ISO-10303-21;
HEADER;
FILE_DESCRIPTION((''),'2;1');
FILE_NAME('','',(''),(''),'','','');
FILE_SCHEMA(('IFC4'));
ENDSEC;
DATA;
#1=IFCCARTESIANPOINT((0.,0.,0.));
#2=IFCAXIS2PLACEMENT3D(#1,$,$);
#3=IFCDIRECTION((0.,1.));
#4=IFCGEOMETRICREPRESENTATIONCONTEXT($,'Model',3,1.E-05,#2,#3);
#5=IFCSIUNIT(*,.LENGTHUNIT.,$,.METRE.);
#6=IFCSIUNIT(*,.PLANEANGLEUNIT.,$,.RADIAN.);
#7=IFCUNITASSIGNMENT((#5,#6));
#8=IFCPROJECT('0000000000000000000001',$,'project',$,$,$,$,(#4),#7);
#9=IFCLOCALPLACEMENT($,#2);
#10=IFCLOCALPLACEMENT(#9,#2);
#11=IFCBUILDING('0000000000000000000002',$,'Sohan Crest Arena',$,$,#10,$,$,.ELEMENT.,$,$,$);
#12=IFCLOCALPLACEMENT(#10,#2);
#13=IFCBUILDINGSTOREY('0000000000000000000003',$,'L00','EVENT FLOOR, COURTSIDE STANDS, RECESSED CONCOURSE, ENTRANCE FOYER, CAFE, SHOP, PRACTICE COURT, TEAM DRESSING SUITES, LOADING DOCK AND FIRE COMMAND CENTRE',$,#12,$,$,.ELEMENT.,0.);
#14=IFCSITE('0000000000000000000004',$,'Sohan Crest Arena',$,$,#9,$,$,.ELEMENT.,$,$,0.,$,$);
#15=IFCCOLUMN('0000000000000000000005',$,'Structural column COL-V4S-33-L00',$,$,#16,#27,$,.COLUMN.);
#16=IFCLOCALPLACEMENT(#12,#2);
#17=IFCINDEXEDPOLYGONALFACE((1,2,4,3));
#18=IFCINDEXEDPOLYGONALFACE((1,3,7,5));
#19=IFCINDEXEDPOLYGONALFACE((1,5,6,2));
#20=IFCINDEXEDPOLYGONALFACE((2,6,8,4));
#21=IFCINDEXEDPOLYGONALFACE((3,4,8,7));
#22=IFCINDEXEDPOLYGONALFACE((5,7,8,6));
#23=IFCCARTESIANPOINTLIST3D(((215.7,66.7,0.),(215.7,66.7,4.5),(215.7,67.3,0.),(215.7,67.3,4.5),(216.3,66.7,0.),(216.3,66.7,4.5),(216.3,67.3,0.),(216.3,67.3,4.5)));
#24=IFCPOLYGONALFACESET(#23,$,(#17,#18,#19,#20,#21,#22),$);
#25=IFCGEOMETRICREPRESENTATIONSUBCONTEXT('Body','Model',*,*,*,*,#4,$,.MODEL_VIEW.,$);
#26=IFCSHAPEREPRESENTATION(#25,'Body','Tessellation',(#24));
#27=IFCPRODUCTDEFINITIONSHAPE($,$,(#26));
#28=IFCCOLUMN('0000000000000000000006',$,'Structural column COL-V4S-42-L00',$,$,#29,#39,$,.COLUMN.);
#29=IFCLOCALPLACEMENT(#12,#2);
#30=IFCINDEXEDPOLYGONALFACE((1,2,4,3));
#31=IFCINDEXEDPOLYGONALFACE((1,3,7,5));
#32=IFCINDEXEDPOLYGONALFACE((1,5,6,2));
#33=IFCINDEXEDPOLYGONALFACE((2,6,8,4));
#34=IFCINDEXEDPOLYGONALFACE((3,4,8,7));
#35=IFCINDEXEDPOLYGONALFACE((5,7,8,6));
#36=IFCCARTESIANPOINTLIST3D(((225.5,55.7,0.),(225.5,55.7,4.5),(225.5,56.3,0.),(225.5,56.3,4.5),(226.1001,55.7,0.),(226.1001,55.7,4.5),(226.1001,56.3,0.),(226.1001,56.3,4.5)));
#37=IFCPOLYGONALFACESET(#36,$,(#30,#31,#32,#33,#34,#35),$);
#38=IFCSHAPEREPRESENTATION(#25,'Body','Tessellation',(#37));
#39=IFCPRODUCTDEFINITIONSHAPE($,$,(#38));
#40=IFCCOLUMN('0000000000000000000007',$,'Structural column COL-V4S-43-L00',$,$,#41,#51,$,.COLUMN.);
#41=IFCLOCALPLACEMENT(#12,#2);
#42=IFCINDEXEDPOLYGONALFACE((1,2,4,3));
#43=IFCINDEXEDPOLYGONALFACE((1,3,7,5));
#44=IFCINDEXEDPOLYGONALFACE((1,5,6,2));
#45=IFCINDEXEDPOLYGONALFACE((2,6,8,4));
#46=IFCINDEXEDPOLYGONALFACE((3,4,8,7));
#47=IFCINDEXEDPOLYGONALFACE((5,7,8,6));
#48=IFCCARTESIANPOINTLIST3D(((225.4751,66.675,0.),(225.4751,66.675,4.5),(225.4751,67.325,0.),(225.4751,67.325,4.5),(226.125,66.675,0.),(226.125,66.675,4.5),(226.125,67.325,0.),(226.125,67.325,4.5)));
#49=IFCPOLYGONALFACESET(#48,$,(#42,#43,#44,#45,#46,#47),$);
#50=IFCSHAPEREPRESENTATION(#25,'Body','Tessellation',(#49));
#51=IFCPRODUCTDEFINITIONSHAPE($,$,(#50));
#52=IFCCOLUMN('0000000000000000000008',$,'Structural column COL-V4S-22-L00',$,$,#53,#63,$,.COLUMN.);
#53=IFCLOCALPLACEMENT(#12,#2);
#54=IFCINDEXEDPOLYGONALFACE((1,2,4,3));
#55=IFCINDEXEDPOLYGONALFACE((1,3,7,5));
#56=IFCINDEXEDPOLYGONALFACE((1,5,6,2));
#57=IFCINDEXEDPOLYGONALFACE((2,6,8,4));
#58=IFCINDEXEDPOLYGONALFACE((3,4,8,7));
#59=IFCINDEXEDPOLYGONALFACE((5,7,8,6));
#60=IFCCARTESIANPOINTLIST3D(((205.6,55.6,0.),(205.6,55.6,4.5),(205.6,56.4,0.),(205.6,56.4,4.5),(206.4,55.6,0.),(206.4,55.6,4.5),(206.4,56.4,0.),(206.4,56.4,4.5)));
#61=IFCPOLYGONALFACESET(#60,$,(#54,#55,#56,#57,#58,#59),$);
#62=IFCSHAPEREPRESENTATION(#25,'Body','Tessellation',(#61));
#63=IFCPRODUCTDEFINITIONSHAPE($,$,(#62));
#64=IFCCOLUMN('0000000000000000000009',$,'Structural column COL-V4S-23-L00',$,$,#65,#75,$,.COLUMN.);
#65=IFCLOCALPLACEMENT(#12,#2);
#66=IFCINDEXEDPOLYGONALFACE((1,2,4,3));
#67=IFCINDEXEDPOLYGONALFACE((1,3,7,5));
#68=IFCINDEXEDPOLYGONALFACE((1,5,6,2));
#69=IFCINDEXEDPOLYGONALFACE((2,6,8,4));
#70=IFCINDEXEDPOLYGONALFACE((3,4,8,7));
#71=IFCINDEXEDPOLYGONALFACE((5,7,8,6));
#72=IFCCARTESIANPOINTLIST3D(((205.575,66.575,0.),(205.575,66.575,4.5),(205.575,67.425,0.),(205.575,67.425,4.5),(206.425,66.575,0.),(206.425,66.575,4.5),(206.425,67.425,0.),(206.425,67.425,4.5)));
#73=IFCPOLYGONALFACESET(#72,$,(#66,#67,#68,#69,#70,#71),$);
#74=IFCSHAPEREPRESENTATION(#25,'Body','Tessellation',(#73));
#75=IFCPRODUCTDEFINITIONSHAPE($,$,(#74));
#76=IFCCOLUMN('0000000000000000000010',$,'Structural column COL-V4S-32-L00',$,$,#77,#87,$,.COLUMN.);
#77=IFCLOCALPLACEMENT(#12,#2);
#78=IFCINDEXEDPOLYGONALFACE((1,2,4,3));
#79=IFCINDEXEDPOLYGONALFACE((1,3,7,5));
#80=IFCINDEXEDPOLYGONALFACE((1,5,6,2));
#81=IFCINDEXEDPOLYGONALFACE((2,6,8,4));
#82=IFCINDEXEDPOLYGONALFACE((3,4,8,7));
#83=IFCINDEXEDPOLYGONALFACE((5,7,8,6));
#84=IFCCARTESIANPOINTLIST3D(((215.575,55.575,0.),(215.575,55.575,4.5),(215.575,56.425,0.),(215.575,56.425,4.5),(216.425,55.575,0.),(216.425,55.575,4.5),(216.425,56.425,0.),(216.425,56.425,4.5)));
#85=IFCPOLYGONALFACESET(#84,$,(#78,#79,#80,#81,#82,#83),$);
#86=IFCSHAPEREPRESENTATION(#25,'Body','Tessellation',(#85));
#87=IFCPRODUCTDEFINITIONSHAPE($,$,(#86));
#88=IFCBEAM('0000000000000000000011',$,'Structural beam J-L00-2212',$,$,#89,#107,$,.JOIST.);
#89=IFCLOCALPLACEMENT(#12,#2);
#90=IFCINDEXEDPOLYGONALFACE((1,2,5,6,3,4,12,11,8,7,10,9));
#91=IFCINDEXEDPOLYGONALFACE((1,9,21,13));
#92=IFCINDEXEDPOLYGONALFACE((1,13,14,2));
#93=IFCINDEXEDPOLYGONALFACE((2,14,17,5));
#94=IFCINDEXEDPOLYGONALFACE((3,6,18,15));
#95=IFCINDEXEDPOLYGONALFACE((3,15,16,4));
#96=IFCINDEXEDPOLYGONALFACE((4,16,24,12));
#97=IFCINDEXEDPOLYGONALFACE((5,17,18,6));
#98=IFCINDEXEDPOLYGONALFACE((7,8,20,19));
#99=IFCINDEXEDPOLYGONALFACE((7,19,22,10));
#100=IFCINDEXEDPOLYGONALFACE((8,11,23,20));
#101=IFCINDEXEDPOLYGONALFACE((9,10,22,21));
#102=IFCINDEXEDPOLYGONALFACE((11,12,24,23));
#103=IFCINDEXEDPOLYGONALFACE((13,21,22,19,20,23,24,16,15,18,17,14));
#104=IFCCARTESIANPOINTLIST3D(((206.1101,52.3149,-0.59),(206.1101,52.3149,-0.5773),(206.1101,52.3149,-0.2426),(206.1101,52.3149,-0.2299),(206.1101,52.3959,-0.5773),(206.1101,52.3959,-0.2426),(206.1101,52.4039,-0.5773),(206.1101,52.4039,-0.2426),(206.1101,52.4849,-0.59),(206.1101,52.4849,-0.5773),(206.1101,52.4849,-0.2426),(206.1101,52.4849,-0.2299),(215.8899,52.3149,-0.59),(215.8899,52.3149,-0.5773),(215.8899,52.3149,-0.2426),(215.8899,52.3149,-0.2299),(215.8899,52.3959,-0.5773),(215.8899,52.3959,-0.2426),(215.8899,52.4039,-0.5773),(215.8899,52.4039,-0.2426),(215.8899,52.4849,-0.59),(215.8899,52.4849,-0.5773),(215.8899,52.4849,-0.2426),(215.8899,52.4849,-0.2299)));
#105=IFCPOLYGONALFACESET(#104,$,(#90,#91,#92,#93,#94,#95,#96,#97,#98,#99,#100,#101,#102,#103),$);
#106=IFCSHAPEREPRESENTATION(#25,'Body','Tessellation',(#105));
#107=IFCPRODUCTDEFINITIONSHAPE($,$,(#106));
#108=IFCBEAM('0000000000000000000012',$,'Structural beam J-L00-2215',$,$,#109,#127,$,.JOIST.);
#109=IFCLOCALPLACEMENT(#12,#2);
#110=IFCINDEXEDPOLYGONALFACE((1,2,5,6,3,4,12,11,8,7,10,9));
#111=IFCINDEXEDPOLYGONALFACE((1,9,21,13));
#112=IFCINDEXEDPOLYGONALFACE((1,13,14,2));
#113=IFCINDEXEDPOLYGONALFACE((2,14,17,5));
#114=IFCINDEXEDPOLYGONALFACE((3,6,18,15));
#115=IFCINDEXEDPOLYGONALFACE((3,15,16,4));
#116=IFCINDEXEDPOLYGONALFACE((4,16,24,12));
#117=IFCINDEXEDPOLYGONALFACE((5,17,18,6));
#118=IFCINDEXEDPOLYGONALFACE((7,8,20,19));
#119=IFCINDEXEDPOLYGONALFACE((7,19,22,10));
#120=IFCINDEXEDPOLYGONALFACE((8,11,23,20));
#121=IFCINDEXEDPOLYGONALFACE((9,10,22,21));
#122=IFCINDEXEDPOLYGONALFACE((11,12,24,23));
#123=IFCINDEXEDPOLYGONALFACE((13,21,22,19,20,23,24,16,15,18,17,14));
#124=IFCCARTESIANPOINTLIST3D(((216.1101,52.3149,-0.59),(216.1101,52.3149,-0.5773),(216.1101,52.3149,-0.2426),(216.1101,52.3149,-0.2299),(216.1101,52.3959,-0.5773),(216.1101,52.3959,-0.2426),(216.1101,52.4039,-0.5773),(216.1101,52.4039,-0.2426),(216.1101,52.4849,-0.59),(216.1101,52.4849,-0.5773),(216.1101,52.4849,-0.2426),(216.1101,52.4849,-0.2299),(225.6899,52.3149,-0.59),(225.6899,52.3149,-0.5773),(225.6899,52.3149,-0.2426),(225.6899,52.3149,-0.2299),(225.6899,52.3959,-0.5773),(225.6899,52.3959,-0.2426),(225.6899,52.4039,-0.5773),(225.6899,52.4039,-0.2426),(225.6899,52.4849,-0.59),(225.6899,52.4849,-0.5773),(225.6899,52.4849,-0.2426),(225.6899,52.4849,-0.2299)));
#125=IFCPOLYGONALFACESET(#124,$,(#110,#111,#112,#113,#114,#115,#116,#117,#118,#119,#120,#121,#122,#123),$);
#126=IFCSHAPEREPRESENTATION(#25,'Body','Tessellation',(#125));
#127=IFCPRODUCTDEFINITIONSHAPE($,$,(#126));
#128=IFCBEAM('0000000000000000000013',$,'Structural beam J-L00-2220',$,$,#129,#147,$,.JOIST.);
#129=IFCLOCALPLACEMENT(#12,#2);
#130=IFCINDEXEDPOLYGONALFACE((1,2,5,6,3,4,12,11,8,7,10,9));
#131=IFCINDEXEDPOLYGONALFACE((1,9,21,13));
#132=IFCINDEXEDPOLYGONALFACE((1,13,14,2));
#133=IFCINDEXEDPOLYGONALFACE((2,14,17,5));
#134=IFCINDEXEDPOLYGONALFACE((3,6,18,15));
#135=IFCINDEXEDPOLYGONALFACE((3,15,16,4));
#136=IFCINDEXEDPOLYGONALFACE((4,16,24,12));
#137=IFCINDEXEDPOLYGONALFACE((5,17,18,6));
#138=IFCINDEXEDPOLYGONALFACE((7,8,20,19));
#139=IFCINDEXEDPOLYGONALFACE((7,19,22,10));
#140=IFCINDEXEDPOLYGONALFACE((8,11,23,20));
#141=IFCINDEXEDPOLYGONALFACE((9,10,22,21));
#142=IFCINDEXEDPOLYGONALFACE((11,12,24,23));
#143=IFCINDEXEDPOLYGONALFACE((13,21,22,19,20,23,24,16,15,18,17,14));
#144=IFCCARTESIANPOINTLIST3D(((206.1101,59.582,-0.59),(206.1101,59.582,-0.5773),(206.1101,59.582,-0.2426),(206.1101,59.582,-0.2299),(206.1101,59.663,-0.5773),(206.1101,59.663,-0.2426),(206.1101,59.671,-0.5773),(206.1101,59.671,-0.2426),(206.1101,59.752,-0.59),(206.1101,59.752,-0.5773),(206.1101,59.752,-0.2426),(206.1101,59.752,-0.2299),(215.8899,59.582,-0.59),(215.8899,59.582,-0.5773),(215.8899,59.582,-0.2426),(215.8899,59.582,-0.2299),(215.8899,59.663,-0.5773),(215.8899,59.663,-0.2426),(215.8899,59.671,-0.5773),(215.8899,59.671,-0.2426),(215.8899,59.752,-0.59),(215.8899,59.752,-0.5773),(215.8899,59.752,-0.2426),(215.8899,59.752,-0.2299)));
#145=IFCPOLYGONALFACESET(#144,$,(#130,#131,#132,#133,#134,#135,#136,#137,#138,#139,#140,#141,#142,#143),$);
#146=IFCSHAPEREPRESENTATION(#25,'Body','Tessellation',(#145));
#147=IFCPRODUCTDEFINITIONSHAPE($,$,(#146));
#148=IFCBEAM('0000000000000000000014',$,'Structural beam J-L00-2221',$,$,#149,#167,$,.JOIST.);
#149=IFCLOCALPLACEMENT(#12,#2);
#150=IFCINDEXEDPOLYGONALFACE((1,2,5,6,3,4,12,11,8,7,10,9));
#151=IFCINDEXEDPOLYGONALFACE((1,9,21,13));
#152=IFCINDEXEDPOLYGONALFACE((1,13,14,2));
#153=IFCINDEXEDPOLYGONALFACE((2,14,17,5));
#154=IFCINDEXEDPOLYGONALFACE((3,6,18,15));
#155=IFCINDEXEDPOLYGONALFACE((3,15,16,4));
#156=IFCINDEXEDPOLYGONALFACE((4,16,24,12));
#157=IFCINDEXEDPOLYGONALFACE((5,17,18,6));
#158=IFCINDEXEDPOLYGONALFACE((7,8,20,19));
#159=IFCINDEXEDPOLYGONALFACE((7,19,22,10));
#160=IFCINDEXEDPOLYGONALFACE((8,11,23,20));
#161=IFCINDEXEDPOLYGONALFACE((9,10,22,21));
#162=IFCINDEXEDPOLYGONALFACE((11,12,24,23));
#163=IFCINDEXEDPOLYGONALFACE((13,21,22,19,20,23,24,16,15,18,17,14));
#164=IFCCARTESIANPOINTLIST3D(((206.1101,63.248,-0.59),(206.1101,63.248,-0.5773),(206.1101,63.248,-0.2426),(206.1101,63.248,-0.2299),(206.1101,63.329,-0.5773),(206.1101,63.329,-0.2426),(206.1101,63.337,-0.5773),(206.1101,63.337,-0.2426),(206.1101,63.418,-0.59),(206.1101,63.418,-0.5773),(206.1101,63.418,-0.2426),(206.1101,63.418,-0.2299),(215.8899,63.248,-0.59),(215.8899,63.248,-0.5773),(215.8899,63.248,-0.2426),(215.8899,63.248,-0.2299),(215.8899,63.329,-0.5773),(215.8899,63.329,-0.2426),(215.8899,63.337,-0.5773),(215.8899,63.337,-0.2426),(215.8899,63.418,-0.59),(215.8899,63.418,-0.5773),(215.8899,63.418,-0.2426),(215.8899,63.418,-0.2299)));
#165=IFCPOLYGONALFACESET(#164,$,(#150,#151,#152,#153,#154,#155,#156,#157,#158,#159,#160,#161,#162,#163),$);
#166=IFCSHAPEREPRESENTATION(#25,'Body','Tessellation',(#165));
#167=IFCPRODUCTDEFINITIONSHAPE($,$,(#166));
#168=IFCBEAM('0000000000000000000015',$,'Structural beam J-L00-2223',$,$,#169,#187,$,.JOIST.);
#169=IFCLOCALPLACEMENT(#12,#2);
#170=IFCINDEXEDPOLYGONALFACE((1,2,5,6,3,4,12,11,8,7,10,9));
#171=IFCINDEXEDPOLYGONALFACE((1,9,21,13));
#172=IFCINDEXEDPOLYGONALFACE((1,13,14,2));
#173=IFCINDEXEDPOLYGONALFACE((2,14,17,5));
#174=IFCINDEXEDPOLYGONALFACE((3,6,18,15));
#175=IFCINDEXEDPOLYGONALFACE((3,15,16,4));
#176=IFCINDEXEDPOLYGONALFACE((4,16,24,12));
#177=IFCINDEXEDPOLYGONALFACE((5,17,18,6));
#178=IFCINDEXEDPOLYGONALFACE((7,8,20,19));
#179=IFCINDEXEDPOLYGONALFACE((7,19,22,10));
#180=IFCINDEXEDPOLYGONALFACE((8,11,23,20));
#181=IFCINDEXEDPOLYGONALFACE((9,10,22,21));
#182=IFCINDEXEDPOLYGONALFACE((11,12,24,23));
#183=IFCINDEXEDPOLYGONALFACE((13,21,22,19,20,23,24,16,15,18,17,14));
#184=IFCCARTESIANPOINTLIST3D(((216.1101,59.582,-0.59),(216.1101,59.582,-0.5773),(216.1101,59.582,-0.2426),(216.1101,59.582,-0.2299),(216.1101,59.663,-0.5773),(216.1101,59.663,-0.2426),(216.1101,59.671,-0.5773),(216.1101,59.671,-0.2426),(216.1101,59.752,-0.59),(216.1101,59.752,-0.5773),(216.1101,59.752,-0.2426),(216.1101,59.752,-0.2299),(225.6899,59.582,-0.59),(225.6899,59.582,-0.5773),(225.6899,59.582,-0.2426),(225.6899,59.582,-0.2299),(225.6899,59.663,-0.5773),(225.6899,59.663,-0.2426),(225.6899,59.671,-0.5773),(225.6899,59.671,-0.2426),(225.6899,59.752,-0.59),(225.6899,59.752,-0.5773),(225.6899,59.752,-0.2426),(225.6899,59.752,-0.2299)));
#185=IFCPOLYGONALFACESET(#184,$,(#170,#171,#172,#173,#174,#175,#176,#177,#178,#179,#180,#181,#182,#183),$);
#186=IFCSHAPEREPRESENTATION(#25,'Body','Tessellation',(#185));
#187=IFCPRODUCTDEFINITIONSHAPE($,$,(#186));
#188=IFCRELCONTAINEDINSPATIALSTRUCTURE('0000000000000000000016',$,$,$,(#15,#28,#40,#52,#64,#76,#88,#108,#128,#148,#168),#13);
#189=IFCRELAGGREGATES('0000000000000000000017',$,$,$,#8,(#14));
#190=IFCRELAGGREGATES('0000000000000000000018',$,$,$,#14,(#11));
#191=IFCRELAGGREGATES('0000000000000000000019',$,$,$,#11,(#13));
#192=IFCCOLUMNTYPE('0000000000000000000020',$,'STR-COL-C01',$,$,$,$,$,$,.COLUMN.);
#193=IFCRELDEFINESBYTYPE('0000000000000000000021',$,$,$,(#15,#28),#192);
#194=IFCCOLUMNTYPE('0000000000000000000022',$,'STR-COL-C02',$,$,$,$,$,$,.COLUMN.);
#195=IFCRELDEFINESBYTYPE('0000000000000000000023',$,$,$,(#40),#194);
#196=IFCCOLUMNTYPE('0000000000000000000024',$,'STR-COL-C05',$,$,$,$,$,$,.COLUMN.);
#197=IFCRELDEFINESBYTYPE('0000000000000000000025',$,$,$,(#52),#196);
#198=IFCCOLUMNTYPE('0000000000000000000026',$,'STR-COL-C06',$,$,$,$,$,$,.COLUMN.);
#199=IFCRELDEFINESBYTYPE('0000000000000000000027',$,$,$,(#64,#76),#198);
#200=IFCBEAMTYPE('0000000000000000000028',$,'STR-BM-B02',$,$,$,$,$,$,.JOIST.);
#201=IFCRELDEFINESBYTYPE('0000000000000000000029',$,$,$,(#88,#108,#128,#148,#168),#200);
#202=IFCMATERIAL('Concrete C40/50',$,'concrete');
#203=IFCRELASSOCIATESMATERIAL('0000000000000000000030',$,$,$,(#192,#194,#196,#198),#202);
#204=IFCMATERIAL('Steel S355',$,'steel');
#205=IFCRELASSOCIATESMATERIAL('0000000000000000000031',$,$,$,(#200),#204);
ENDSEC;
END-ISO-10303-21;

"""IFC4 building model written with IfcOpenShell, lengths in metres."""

from ifc_helpers import new_model, si_unit, direction, frame, origin, origin_2d, place, context, subcontext, project, spatial, rectangle, i_section, extrude, material, material_profile, profile_set, type_object, element, save


model = new_model("IFC4")

# Units and contexts
model_context = context("Model", 3, precision=1e-05, world=origin(), true_north=direction((0.0, 1.0)))
body_context = subcontext(model_context, "Body", "Model", "MODEL_VIEW")
ifc_project = project(units=[si_unit("LENGTHUNIT", "METRE"), si_unit("PLANEANGLEUNIT", "RADIAN")], contexts=[model_context])

# Site, building, storey
site_placement = place(None, origin())
site = spatial("IfcSite", under=ifc_project, at=site_placement, Name="Sohan Crest Arena", CompositionType="ELEMENT", RefElevation=0.0)
building_placement = place(site_placement, origin())
building = spatial("IfcBuilding", under=site, at=building_placement, Name="Sohan Crest Arena", CompositionType="ELEMENT")
storey_placement = place(building_placement, origin())
storey = spatial("IfcBuildingStorey", under=building, at=storey_placement, Name="L00", Description="EVENT FLOOR, COURTSIDE STANDS, RECESSED CONCOURSE, ENTRANCE FOYER, CAFE, SHOP, PRACTICE COURT, TEAM DRESSING SUITES, LOADING DOCK AND FIRE COMMAND CENTRE", CompositionType="ELEMENT", Elevation=0.0)

# Columns
ifc_material_1 = material(Name="Concrete C40/50", Category="concrete")
ifc_material_profile_1 = material_profile(ifc_material_1, rectangle(XDim=0.6001, YDim=0.6001, at=origin_2d()), Name="RC 600x600")
ifc_profile_set_1 = profile_set([ifc_material_profile_1], Name="Concrete C40/50")
column_type_1 = type_object("IfcColumnType", Name="STR-COL-C01", PredefinedType="COLUMN", material=ifc_profile_set_1)
for number, where, z_axis, x_axis, name in (
    (1, (216.0, 67.0, 0.0), (0.0, 0.0, 1.0), (1.0, 0.0, 0.0), "Structural column COL-V4S-33-L00"),
    (2, (225.8, 56.0, 0.0), (0.0, 0.0, 1.0), (1.0, 0.0, 0.0), "Structural column COL-V4S-42-L00"),
):
    element("IfcColumn", number, at=place(storey_placement, frame(where, z_axis=z_axis, x_axis=x_axis)), inside=storey, type_object=column_type_1, Name=name, PredefinedType="COLUMN", context=body_context, shape_type="SweptSolid", body=[
        extrude(rectangle(XDim=0.6001, YDim=0.6001, at=origin_2d()), origin(), (0.0, 0.0, 1.0), 4.5),
    ])
ifc_material_profile_2 = material_profile(ifc_material_1, rectangle(XDim=0.6499, YDim=0.6499, at=origin_2d()), Name="RC 650x650")
ifc_profile_set_2 = profile_set([ifc_material_profile_2], Name="Concrete C40/50")
column_type_2 = type_object("IfcColumnType", Name="STR-COL-C02", PredefinedType="COLUMN", material=ifc_profile_set_2)
column_1_placement = place(storey_placement, frame((225.8, 67.0, 0.0), z_axis=(0.0, 0.0, 1.0), x_axis=(1.0, 0.0, 0.0)))
element("IfcColumn", 3, at=column_1_placement, inside=storey, type_object=column_type_2, Name="Structural column COL-V4S-43-L00", PredefinedType="COLUMN", context=body_context, shape_type="SweptSolid", body=[
    extrude(rectangle(XDim=0.6499, YDim=0.6499, at=origin_2d()), origin(), (0.0, 0.0, 1.0), 4.5),
])
ifc_material_profile_3 = material_profile(ifc_material_1, rectangle(XDim=0.8, YDim=0.8, at=origin_2d()), Name="RC 800x800")
ifc_profile_set_3 = profile_set([ifc_material_profile_3], Name="Concrete C40/50")
column_type_3 = type_object("IfcColumnType", Name="STR-COL-C05", PredefinedType="COLUMN", material=ifc_profile_set_3)
column_2_placement = place(storey_placement, frame((206.0, 56.0, 0.0), z_axis=(0.0, 0.0, 1.0), x_axis=(1.0, 0.0, 0.0)))
element("IfcColumn", 4, at=column_2_placement, inside=storey, type_object=column_type_3, Name="Structural column COL-V4S-22-L00", PredefinedType="COLUMN", context=body_context, shape_type="SweptSolid", body=[
    extrude(rectangle(XDim=0.8, YDim=0.8, at=origin_2d()), origin(), (0.0, 0.0, 1.0), 4.5),
])
ifc_material_profile_4 = material_profile(ifc_material_1, rectangle(XDim=0.8501, YDim=0.8501, at=origin_2d()), Name="RC 850x850")
ifc_profile_set_4 = profile_set([ifc_material_profile_4], Name="Concrete C40/50")
column_type_4 = type_object("IfcColumnType", Name="STR-COL-C06", PredefinedType="COLUMN", material=ifc_profile_set_4)
for number, where, z_axis, x_axis, name in (
    (5, (206.0, 67.0, 0.0), (0.0, 0.0, 1.0), (1.0, 0.0, 0.0), "Structural column COL-V4S-23-L00"),
    (6, (216.0, 56.0, 0.0), (0.0, 0.0, 1.0), (1.0, 0.0, 0.0), "Structural column COL-V4S-32-L00"),
):
    element("IfcColumn", number, at=place(storey_placement, frame(where, z_axis=z_axis, x_axis=x_axis)), inside=storey, type_object=column_type_4, Name=name, PredefinedType="COLUMN", context=body_context, shape_type="SweptSolid", body=[
        extrude(rectangle(XDim=0.8501, YDim=0.8501, at=origin_2d()), origin(), (0.0, 0.0, 1.0), 4.5),
    ])

# Beams
ifc_material_2 = material(Name="Steel S355", Category="steel")
ifc_material_profile_5 = material_profile(ifc_material_2, i_section(OverallWidth=0.1699, OverallDepth=0.3601, WebThickness=0.0081, FlangeThickness=0.0127, at=origin_2d()), Name="IPE 360")
ifc_profile_set_5 = profile_set([ifc_material_profile_5], Name="Steel S355")
beam_type_1 = type_object("IfcBeamType", Name="STR-BM-B02", PredefinedType="JOIST", material=ifc_profile_set_5)
beam_1_placement = place(storey_placement, frame((206.1101, 52.3999, -0.4099), z_axis=(1.0, 0.0, 0.0), x_axis=(0.0, 1.0, 0.0)))
element("IfcBeam", 7, at=beam_1_placement, inside=storey, type_object=beam_type_1, Name="Structural beam J-L00-2212", PredefinedType="JOIST", context=body_context, shape_type="SweptSolid", body=[
    extrude(i_section(OverallWidth=0.1699, OverallDepth=0.3601, WebThickness=0.0081, FlangeThickness=0.0127, at=origin_2d()), origin(), (0.0, 0.0, 1.0), 9.7798),
])
beam_2_placement = place(storey_placement, frame((216.1101, 52.3999, -0.4099), z_axis=(1.0, 0.0, 0.0), x_axis=(0.0, 1.0, 0.0)))
element("IfcBeam", 8, at=beam_2_placement, inside=storey, type_object=beam_type_1, Name="Structural beam J-L00-2215", PredefinedType="JOIST", context=body_context, shape_type="SweptSolid", body=[
    extrude(i_section(OverallWidth=0.1699, OverallDepth=0.3601, WebThickness=0.0081, FlangeThickness=0.0127, at=origin_2d()), origin(), (0.0, 0.0, 1.0), 9.5798),
])
for number, where, z_axis, x_axis, name in (
    (9, (206.1101, 59.667, -0.4099), (1.0, 0.0, 0.0), (0.0, 1.0, 0.0), "Structural beam J-L00-2220"),
    (10, (206.1101, 63.333, -0.4099), (1.0, 0.0, 0.0), (0.0, 1.0, 0.0), "Structural beam J-L00-2221"),
):
    element("IfcBeam", number, at=place(storey_placement, frame(where, z_axis=z_axis, x_axis=x_axis)), inside=storey, type_object=beam_type_1, Name=name, PredefinedType="JOIST", context=body_context, shape_type="SweptSolid", body=[
        extrude(i_section(OverallWidth=0.1699, OverallDepth=0.3601, WebThickness=0.0081, FlangeThickness=0.0127, at=origin_2d()), origin(), (0.0, 0.0, 1.0), 9.7798),
    ])
for number, where, z_axis, x_axis, name in (
    (11, (216.1101, 59.667, -0.4099), (1.0, 0.0, 0.0), (0.0, 1.0, 0.0), "Structural beam J-L00-2223"),
):
    element("IfcBeam", number, at=place(storey_placement, frame(where, z_axis=z_axis, x_axis=x_axis)), inside=storey, type_object=beam_type_1, Name=name, PredefinedType="JOIST", context=body_context, shape_type="SweptSolid", body=[
        extrude(i_section(OverallWidth=0.1699, OverallDepth=0.3601, WebThickness=0.0081, FlangeThickness=0.0127, at=origin_2d()), origin(), (0.0, 0.0, 1.0), 9.5798),
    ])

save(model, "model.ifc")
